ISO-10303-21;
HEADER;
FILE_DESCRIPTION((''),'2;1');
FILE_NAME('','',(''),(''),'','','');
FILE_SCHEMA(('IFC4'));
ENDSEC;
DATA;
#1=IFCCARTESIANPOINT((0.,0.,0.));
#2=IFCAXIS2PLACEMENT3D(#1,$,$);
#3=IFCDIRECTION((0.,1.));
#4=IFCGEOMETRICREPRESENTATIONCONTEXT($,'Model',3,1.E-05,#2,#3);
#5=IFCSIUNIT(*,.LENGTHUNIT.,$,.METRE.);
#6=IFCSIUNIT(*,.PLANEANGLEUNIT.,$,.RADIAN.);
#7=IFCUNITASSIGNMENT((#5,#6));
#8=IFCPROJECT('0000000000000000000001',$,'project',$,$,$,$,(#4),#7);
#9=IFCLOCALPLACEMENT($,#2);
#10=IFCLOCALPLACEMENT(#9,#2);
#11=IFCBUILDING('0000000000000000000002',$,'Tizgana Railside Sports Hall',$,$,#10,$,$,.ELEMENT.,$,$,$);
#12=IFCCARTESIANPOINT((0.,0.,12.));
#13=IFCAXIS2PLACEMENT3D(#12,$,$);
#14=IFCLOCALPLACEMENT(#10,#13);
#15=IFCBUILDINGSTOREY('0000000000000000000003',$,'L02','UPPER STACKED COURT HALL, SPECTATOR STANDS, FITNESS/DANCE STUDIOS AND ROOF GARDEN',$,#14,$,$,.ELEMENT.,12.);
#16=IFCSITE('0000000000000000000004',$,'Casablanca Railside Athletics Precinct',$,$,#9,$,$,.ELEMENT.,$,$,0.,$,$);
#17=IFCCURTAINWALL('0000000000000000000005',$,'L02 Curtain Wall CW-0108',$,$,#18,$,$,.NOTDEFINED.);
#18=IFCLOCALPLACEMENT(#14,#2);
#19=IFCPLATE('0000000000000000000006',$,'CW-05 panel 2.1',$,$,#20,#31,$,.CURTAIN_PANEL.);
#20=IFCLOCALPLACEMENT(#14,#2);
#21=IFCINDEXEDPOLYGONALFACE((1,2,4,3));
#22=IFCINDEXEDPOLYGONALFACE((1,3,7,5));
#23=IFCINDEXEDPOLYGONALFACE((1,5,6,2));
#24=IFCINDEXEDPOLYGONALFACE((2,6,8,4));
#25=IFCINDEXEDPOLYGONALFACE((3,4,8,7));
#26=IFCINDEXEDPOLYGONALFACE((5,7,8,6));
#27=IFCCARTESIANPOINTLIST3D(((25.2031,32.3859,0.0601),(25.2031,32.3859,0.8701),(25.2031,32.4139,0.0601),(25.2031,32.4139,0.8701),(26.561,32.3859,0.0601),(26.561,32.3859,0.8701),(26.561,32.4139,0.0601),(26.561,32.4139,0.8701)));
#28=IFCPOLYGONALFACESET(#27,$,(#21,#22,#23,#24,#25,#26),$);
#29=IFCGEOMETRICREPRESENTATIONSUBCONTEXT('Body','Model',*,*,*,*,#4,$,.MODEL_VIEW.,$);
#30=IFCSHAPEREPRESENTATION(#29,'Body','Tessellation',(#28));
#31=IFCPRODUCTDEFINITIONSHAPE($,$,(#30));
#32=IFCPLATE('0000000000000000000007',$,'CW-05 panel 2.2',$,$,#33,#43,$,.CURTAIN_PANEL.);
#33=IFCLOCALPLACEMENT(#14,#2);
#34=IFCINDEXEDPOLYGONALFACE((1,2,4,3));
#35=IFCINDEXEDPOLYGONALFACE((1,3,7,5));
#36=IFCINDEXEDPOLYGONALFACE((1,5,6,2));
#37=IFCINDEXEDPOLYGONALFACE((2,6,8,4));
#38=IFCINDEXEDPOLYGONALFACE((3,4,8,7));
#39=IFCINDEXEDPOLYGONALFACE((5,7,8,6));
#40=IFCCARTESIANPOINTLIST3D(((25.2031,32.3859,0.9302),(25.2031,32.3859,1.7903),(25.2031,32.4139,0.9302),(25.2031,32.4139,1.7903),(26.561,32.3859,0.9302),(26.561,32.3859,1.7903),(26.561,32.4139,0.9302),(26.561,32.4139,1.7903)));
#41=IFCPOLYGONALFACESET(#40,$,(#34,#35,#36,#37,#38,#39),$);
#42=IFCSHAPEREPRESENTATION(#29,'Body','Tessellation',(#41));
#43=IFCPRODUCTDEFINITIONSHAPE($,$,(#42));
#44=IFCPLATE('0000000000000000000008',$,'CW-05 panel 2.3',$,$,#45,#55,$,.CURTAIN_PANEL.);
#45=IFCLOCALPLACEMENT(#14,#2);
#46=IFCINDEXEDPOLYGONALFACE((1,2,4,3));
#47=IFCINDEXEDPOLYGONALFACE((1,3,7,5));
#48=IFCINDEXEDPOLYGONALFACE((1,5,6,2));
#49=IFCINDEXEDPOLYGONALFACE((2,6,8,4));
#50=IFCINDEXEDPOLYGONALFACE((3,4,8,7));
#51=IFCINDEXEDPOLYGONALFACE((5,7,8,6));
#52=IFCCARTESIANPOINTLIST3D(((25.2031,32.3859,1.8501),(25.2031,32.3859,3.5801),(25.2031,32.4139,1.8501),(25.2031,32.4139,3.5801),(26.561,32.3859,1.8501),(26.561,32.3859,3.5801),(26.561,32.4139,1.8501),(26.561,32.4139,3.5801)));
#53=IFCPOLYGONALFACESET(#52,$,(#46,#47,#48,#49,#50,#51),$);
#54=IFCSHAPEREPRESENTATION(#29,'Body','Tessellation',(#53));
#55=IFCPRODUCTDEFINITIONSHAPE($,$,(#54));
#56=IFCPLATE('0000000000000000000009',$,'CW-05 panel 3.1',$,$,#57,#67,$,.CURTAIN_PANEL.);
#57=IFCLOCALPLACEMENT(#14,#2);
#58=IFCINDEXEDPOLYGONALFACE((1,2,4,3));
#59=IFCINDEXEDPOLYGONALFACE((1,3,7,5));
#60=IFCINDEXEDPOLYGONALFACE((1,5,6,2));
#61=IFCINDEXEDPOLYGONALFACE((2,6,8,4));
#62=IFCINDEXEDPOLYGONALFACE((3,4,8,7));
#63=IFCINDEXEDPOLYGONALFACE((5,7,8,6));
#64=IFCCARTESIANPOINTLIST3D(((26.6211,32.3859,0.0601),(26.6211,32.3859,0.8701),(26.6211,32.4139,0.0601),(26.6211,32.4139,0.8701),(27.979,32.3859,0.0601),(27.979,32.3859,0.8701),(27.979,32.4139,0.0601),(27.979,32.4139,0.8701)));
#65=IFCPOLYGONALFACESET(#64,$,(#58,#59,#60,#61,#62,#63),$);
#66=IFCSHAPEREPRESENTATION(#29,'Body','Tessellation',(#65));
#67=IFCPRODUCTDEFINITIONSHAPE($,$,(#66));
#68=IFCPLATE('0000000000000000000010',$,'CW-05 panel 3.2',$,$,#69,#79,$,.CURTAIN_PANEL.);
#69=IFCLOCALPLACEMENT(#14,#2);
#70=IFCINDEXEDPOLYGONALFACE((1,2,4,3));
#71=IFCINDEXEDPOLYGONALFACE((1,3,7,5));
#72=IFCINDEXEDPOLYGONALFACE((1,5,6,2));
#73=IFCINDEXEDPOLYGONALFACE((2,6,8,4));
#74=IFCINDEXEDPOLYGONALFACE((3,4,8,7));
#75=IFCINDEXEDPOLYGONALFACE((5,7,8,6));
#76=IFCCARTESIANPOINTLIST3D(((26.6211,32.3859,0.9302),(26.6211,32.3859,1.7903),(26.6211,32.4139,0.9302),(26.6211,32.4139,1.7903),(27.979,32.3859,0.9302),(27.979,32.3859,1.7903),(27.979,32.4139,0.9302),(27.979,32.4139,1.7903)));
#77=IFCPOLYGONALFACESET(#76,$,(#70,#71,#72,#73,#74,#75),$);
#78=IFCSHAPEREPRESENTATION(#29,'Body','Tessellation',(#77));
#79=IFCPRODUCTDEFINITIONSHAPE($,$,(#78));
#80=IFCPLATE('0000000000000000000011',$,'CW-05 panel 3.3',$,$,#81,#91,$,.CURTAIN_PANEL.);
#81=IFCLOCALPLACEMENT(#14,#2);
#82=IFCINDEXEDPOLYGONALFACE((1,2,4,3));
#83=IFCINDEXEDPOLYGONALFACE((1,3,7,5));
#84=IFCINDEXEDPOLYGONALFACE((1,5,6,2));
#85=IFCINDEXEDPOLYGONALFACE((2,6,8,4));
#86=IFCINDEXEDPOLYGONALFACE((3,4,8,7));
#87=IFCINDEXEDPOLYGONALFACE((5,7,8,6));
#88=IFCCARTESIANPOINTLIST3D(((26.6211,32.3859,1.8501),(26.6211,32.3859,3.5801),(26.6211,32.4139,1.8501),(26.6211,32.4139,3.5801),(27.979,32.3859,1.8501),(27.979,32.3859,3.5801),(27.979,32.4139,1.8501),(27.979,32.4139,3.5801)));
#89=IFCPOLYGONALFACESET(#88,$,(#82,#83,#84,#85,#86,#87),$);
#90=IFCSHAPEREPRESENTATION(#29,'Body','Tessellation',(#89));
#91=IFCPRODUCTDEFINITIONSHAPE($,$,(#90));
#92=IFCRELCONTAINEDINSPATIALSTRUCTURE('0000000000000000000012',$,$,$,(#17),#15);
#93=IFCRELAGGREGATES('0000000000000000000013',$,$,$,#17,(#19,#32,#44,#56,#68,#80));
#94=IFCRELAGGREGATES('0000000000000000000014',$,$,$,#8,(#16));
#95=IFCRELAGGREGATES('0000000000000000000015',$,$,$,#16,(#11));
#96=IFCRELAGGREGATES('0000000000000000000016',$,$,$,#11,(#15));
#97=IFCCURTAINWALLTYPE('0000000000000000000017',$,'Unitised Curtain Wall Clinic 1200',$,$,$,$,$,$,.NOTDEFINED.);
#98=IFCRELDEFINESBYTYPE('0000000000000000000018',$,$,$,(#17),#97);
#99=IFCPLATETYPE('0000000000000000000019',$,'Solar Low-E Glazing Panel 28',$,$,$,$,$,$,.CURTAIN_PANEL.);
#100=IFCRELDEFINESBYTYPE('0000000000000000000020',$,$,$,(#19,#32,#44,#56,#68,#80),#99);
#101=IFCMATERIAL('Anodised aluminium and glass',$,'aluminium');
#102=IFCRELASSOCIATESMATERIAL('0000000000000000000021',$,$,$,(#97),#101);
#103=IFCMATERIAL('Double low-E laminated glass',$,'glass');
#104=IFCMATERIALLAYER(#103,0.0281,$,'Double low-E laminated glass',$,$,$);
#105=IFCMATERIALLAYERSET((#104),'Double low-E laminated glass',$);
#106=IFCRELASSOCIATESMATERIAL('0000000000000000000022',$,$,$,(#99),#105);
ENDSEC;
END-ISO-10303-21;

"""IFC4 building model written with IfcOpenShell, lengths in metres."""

from ifc_helpers import new_model, si_unit, direction, frame, origin, origin_2d, place, context, subcontext, project, spatial, rectangle, extrude, material, layer, layer_set, type_object, element, aggregate, save


model = new_model("IFC4")

# Units and contexts
model_context = context("Model", 3, precision=1e-05, world=origin(), true_north=direction((0.0, 1.0)))
body_context = subcontext(model_context, "Body", "Model", "MODEL_VIEW")
ifc_project = project(units=[si_unit("LENGTHUNIT", "METRE"), si_unit("PLANEANGLEUNIT", "RADIAN")], contexts=[model_context])

# Site, building, storey
site_placement = place(None, origin())
site = spatial("IfcSite", under=ifc_project, at=site_placement, Name="Casablanca Railside Athletics Precinct", CompositionType="ELEMENT", RefElevation=0.0)
building_placement = place(site_placement, origin())
building = spatial("IfcBuilding", under=site, at=building_placement, Name="Tizgana Railside Sports Hall", CompositionType="ELEMENT")
storey_placement = place(building_placement, frame((0.0, 0.0, 12.0)))
storey = spatial("IfcBuildingStorey", under=building, at=storey_placement, Name="L02", Description="UPPER STACKED COURT HALL, SPECTATOR STANDS, FITNESS/DANCE STUDIOS AND ROOF GARDEN", CompositionType="ELEMENT", Elevation=12.0)

# Curtain wall, plates
ifc_material_1 = material(Name="Anodised aluminium and glass", Category="aluminium")
curtain_wall_type = type_object("IfcCurtainWallType", Name="Unitised Curtain Wall Clinic 1200", PredefinedType="NOTDEFINED", material=ifc_material_1)
curtain_wall_placement = place(storey_placement, origin())
curtain_wall = element("IfcCurtainWall", 1, at=curtain_wall_placement, inside=storey, type_object=curtain_wall_type, Name="L02 Curtain Wall CW-0108", PredefinedType="NOTDEFINED")
ifc_material_2 = material(Name="Double low-E laminated glass", Category="glass")
ifc_layer = layer(ifc_material_2, 0.0281, Name="Double low-E laminated glass")
ifc_layer_set = layer_set([ifc_layer], Name="Double low-E laminated glass")
plate_type = type_object("IfcPlateType", Name="Solar Low-E Glazing Panel 28", PredefinedType="CURTAIN_PANEL", material=ifc_layer_set)
plate_1_placement = place(storey_placement, frame((25.8821, 32.3999, 0.0601), z_axis=(0.0, 0.0, 1.0), x_axis=(1.0, 0.0, 0.0)))
plate_1 = element("IfcPlate", 2, at=plate_1_placement, type_object=plate_type, Name="CW-05 panel 2.1", PredefinedType="CURTAIN_PANEL", context=body_context, shape_type="SweptSolid", body=[
    extrude(rectangle(XDim=1.3579, YDim=0.0281, at=origin_2d()), origin(), (0.0, 0.0, 1.0), 0.8101),
])
plate_2_placement = place(storey_placement, frame((25.8821, 32.3999, 0.9302), z_axis=(0.0, 0.0, 1.0), x_axis=(1.0, 0.0, 0.0)))
plate_2 = element("IfcPlate", 3, at=plate_2_placement, type_object=plate_type, Name="CW-05 panel 2.2", PredefinedType="CURTAIN_PANEL", context=body_context, shape_type="SweptSolid", body=[
    extrude(rectangle(XDim=1.3579, YDim=0.0281, at=origin_2d()), origin(), (0.0, 0.0, 1.0), 0.8601),
])
plate_3_placement = place(storey_placement, frame((25.8821, 32.3999, 1.8501), z_axis=(0.0, 0.0, 1.0), x_axis=(1.0, 0.0, 0.0)))
plate_3 = element("IfcPlate", 4, at=plate_3_placement, type_object=plate_type, Name="CW-05 panel 2.3", PredefinedType="CURTAIN_PANEL", context=body_context, shape_type="SweptSolid", body=[
    extrude(rectangle(XDim=1.3579, YDim=0.0281, at=origin_2d()), origin(), (0.0, 0.0, 1.0), 1.73),
])
plate_4_placement = place(storey_placement, frame((27.3, 32.3999, 0.0601), z_axis=(0.0, 0.0, 1.0), x_axis=(1.0, 0.0, 0.0)))
plate_4 = element("IfcPlate", 5, at=plate_4_placement, type_object=plate_type, Name="CW-05 panel 3.1", PredefinedType="CURTAIN_PANEL", context=body_context, shape_type="SweptSolid", body=[
    extrude(rectangle(XDim=1.3579, YDim=0.0281, at=origin_2d()), origin(), (0.0, 0.0, 1.0), 0.8101),
])
plate_5_placement = place(storey_placement, frame((27.3, 32.3999, 0.9302), z_axis=(0.0, 0.0, 1.0), x_axis=(1.0, 0.0, 0.0)))
plate_5 = element("IfcPlate", 6, at=plate_5_placement, type_object=plate_type, Name="CW-05 panel 3.2", PredefinedType="CURTAIN_PANEL", context=body_context, shape_type="SweptSolid", body=[
    extrude(rectangle(XDim=1.3579, YDim=0.0281, at=origin_2d()), origin(), (0.0, 0.0, 1.0), 0.8601),
])
plate_6_placement = place(storey_placement, frame((27.3, 32.3999, 1.8501), z_axis=(0.0, 0.0, 1.0), x_axis=(1.0, 0.0, 0.0)))
plate_6 = element("IfcPlate", 7, at=plate_6_placement, type_object=plate_type, Name="CW-05 panel 3.3", PredefinedType="CURTAIN_PANEL", context=body_context, shape_type="SweptSolid", body=[
    extrude(rectangle(XDim=1.3579, YDim=0.0281, at=origin_2d()), origin(), (0.0, 0.0, 1.0), 1.73),
])
aggregate(curtain_wall, [plate_1, plate_2, plate_3, plate_4, plate_5, plate_6])

save(model, "model.ifc")
